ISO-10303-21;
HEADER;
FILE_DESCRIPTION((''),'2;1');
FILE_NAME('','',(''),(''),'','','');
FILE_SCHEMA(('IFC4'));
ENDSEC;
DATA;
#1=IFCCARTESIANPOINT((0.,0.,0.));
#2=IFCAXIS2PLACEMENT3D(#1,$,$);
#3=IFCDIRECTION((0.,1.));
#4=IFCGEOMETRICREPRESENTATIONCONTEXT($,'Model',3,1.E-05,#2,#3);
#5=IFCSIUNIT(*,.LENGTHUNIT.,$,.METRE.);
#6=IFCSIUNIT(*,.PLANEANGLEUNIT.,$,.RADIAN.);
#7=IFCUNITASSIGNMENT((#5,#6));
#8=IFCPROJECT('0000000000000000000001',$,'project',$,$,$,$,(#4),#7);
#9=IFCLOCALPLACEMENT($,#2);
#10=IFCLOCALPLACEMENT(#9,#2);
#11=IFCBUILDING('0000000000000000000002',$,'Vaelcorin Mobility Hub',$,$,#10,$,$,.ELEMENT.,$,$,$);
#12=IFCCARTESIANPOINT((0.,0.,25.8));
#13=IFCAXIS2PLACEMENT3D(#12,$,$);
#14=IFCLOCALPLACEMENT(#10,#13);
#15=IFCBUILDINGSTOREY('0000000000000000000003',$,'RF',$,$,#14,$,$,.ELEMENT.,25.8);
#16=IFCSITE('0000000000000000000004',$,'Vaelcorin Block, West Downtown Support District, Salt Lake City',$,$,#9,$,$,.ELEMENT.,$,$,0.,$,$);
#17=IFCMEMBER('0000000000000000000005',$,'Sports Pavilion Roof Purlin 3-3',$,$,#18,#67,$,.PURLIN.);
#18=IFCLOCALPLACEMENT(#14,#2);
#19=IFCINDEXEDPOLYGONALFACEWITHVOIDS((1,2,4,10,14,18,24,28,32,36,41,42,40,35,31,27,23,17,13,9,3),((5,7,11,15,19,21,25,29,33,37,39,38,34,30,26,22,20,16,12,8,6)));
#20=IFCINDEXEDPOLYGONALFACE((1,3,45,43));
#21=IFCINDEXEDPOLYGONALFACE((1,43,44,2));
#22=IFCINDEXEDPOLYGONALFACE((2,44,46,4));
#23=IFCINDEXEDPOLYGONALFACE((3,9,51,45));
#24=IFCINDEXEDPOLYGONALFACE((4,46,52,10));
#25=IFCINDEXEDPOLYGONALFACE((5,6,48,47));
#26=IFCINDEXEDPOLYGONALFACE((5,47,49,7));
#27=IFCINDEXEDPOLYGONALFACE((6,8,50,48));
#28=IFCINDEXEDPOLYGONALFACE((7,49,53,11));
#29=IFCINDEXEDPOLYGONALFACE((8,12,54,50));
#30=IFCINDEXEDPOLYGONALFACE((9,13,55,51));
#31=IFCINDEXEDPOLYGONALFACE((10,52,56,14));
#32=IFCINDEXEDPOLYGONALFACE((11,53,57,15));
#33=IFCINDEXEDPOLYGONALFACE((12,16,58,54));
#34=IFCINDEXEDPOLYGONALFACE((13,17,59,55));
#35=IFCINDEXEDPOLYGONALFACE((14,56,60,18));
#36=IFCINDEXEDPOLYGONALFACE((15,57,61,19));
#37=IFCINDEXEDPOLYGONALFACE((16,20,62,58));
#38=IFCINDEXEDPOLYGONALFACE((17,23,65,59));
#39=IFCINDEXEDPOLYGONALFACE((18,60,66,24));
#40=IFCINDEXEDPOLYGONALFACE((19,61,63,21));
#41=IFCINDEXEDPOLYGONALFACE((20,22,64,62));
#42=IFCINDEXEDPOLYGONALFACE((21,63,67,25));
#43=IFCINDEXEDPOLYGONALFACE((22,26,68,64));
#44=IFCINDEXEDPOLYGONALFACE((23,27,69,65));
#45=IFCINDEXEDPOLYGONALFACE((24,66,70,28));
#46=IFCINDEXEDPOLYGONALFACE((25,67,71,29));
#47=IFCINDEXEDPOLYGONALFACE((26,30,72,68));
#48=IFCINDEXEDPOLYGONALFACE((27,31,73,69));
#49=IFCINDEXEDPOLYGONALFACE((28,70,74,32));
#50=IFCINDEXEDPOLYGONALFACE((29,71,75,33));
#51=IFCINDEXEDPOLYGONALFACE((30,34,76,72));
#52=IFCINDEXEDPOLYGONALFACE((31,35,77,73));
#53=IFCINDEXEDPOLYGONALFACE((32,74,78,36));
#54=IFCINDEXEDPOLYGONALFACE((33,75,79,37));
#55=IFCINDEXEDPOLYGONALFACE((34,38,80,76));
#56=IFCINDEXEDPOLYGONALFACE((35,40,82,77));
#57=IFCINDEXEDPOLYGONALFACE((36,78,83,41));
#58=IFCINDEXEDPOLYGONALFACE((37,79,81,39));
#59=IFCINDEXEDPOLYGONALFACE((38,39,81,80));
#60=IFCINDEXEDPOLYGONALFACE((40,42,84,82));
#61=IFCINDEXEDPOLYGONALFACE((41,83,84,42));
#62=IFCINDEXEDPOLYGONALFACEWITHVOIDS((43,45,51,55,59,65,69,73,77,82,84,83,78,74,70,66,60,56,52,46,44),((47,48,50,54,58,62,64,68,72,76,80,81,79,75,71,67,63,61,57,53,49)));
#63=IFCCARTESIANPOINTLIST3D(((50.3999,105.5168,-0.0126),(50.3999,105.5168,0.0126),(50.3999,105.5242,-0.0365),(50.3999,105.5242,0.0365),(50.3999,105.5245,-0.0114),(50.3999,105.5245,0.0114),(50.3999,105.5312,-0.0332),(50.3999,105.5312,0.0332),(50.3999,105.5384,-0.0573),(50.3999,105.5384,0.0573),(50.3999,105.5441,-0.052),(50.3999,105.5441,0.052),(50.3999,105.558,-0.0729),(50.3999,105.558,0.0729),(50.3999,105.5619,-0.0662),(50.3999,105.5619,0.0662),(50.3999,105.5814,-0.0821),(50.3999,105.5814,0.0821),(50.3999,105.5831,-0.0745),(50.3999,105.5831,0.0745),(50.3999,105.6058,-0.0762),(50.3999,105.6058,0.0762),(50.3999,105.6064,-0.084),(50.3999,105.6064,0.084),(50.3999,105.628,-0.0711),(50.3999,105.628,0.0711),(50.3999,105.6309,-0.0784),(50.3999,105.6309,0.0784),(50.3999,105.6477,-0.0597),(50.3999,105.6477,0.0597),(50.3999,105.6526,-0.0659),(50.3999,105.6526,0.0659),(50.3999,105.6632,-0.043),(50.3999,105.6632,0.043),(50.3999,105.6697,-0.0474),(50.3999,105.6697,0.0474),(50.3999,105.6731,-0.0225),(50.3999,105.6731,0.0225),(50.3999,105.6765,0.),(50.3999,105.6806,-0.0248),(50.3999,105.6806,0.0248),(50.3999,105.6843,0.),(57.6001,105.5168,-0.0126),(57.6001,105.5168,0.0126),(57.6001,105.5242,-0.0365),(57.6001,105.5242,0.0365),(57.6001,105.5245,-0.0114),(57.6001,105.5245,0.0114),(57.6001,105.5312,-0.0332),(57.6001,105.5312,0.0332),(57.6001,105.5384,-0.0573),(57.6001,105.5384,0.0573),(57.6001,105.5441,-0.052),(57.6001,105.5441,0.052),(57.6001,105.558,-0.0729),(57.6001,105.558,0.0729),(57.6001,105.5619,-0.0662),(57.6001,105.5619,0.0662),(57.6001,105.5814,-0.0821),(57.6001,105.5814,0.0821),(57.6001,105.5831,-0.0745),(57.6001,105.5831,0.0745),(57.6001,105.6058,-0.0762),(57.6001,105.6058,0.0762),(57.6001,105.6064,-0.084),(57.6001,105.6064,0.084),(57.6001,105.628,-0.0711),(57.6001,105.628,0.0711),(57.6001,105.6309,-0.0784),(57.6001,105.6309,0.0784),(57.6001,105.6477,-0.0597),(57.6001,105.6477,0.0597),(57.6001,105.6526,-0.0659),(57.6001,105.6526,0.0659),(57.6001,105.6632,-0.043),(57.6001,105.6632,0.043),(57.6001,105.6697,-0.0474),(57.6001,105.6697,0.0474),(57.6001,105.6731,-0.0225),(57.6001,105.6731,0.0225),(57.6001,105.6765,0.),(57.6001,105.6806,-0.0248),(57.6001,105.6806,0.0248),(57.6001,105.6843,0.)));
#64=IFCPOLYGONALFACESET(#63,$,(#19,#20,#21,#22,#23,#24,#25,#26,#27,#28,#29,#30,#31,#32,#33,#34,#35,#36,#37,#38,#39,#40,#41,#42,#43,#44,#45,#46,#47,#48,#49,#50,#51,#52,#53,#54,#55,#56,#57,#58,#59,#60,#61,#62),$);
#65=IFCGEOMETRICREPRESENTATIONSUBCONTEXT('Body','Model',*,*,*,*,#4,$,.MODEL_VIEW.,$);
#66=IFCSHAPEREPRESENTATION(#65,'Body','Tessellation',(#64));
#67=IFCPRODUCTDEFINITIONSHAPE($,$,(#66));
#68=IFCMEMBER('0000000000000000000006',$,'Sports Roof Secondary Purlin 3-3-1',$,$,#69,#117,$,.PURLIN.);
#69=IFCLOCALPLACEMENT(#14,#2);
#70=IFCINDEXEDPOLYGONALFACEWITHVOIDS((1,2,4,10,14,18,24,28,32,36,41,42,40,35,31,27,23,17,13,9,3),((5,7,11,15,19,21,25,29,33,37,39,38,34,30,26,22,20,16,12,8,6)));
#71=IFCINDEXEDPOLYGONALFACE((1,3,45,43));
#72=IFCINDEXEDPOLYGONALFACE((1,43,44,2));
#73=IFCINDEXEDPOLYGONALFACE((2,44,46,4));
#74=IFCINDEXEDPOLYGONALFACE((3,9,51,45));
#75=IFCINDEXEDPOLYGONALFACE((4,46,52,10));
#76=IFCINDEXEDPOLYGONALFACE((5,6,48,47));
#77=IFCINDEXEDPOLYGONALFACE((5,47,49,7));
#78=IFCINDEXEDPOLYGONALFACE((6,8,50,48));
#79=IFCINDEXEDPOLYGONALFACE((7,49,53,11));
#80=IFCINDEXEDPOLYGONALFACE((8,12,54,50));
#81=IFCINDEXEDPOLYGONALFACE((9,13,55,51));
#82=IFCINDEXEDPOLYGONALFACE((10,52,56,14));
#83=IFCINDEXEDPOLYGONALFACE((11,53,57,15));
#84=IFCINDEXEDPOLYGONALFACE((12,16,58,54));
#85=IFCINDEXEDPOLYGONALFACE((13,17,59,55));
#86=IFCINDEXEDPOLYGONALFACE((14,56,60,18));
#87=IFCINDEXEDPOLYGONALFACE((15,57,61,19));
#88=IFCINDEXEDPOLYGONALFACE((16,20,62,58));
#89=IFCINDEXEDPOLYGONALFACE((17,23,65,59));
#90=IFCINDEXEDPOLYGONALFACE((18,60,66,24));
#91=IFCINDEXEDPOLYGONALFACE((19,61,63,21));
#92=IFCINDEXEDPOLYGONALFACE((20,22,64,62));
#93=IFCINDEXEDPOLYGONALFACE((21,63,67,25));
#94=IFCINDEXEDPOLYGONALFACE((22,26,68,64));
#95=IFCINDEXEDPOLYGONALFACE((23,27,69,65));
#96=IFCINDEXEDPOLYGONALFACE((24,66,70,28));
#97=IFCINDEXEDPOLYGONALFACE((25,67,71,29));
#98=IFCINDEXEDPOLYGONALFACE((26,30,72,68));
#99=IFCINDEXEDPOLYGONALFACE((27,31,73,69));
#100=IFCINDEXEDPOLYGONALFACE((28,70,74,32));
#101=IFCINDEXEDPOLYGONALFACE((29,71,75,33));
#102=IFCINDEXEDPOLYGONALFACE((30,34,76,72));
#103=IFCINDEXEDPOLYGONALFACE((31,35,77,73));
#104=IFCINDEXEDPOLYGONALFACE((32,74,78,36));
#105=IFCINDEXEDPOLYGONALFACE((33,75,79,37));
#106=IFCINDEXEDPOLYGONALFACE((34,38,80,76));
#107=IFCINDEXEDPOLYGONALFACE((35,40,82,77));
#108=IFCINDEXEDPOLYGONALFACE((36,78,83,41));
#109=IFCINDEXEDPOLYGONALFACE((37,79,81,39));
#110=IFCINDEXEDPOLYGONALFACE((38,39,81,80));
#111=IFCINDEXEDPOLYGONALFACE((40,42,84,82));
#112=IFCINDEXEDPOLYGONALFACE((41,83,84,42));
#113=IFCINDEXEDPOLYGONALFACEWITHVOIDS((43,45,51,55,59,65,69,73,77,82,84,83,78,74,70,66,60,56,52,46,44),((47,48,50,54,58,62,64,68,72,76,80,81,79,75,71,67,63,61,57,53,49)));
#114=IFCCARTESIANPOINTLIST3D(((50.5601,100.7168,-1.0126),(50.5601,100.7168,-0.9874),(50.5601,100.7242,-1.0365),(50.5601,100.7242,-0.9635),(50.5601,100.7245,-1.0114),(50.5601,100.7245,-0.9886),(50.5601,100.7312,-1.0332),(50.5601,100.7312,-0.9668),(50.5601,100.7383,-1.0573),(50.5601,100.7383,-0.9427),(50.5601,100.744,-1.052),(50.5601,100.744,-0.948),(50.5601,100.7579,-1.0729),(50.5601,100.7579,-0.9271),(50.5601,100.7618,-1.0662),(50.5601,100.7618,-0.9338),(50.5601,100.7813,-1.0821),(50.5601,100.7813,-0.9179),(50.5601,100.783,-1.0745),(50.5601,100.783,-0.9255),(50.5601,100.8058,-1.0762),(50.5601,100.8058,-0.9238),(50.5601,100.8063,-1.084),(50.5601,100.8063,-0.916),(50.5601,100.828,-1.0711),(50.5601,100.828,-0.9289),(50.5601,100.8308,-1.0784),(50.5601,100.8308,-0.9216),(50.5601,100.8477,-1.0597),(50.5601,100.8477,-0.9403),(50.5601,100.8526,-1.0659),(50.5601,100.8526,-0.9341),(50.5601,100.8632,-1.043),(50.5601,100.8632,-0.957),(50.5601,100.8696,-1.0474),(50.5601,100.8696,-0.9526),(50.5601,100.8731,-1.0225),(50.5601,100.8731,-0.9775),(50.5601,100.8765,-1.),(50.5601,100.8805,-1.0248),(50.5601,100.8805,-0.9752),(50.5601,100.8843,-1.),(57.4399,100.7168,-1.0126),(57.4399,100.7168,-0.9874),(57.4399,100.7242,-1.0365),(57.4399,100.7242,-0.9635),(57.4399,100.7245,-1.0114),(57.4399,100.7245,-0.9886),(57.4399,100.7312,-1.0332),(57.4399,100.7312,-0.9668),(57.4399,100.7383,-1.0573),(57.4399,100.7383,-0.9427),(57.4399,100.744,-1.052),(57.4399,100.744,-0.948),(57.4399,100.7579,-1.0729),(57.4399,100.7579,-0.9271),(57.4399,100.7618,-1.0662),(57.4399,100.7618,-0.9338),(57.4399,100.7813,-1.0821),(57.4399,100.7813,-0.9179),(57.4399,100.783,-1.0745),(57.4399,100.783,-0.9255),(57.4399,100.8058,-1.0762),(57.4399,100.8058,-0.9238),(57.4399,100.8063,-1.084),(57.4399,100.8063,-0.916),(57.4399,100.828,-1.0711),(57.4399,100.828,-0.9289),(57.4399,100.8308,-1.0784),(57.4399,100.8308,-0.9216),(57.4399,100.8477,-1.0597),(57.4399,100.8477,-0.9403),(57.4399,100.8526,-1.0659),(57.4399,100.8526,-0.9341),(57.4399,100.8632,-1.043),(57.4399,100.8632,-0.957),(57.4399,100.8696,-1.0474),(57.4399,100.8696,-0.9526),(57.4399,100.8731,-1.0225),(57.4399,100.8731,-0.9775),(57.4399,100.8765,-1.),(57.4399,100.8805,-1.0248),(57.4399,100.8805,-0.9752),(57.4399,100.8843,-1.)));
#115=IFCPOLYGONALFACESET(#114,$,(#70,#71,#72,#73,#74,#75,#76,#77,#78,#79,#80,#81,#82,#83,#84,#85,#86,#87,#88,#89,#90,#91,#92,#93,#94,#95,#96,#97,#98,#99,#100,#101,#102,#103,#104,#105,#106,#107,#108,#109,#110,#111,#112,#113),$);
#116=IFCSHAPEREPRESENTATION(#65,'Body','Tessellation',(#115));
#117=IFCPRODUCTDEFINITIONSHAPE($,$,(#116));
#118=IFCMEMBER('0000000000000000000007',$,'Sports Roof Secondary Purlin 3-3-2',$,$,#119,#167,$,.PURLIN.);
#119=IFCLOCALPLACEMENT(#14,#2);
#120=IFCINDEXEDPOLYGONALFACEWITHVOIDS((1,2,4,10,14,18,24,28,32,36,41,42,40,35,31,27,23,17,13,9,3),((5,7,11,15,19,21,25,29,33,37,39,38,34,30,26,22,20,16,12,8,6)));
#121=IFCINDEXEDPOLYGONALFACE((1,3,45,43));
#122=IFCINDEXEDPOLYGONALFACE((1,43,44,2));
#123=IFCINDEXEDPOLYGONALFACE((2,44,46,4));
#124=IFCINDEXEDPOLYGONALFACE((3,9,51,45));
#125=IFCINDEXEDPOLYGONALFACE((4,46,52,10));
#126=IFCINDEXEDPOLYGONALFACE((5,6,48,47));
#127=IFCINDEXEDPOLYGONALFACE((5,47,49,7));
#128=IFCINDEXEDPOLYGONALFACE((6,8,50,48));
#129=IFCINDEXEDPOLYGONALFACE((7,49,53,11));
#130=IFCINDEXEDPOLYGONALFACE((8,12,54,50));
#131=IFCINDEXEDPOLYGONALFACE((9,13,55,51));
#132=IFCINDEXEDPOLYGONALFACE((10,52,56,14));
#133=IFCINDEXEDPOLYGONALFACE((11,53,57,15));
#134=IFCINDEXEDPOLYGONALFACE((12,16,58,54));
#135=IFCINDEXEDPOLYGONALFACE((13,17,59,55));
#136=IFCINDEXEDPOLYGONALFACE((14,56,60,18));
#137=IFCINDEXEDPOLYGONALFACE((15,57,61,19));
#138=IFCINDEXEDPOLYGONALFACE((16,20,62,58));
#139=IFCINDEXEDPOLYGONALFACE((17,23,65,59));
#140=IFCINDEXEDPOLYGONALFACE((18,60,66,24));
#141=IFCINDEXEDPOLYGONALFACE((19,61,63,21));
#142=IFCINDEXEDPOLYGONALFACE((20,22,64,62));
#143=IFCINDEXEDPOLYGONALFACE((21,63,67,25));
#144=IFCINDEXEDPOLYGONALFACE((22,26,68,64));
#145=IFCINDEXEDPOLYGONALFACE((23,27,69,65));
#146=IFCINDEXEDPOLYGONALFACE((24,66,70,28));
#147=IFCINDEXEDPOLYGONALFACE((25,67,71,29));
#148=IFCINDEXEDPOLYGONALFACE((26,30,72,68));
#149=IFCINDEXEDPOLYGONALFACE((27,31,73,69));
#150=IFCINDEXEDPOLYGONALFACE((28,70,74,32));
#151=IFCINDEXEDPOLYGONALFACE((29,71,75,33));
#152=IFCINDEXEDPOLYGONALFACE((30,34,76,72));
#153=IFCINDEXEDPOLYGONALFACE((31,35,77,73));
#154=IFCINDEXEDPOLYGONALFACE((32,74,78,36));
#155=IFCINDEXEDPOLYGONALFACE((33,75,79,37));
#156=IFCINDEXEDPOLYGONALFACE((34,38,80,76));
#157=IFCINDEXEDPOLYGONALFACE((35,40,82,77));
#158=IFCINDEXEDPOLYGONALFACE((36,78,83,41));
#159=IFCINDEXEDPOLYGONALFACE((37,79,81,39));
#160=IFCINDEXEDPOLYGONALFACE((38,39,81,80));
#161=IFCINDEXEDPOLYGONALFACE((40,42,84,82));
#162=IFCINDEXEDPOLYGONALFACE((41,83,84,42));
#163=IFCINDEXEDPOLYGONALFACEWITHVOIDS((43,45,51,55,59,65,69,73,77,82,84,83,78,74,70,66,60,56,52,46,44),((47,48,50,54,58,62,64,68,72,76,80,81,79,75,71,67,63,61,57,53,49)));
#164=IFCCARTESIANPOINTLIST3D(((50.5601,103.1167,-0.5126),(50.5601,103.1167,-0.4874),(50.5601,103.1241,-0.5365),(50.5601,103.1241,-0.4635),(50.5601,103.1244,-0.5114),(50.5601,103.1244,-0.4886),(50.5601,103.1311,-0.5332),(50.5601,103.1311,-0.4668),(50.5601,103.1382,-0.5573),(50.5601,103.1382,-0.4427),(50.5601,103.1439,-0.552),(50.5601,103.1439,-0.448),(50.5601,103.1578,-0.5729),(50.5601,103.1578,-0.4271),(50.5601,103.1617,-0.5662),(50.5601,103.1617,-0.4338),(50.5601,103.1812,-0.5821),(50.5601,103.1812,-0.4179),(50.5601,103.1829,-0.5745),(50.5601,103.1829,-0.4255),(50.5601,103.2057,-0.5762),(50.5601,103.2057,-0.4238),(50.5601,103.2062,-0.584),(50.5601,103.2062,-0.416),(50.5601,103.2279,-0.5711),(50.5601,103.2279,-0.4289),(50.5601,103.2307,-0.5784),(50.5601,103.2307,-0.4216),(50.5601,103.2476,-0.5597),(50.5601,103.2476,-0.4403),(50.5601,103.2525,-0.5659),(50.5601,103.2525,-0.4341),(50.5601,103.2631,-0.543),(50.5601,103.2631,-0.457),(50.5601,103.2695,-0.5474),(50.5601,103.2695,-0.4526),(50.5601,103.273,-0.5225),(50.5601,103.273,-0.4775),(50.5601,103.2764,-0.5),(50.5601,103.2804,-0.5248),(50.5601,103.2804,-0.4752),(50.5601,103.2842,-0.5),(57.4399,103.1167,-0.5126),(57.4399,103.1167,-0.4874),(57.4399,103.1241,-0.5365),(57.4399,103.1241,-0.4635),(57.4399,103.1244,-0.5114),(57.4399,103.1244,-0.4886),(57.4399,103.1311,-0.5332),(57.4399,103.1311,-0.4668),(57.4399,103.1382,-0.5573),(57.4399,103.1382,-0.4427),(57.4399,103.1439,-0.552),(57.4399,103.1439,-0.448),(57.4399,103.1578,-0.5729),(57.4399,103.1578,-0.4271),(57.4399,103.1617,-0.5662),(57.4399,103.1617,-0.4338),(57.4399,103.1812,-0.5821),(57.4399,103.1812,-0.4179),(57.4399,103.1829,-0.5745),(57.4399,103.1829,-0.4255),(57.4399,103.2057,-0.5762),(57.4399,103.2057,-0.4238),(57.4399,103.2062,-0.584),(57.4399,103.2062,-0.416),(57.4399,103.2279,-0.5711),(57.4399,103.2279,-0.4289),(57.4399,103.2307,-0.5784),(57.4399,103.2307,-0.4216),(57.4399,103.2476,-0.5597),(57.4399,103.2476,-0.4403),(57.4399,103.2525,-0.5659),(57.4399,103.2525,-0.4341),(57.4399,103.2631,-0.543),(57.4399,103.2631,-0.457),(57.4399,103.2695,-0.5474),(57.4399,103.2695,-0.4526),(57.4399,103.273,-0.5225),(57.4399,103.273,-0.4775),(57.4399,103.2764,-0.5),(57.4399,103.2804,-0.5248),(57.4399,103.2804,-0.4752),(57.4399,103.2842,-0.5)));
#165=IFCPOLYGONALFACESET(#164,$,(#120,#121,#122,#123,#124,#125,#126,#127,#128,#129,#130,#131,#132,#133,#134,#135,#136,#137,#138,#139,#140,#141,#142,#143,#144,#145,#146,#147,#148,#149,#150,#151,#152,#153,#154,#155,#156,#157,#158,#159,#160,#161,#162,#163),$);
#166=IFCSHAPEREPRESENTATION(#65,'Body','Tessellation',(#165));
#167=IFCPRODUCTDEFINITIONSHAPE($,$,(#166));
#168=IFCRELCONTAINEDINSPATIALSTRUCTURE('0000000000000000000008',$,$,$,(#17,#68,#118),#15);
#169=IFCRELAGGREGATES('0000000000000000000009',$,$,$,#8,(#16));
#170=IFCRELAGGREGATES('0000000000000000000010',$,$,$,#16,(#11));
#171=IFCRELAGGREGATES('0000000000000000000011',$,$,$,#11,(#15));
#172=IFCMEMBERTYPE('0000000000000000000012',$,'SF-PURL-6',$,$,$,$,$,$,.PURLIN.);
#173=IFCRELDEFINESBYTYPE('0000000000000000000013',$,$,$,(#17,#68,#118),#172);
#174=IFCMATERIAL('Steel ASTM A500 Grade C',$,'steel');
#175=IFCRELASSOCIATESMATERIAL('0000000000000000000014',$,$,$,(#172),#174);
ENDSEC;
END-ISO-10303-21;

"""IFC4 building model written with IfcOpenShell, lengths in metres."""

from ifc_helpers import new_model, si_unit, direction, frame, origin, origin_2d, place, context, subcontext, project, spatial, hollow_circle, extrude, material, material_profile, profile_set, type_object, element, save


model = new_model("IFC4")

# Units and contexts
model_context = context("Model", 3, precision=1e-05, world=origin(), true_north=direction((0.0, 1.0)))
body_context = subcontext(model_context, "Body", "Model", "MODEL_VIEW")
ifc_project = project(units=[si_unit("LENGTHUNIT", "METRE"), si_unit("PLANEANGLEUNIT", "RADIAN")], contexts=[model_context])

# Site, building, storey
site_placement = place(None, origin())
site = spatial("IfcSite", under=ifc_project, at=site_placement, Name="Vaelcorin Block, West Downtown Support District, Salt Lake City", CompositionType="ELEMENT", RefElevation=0.0)
building_placement = place(site_placement, origin())
building = spatial("IfcBuilding", under=site, at=building_placement, Name="Vaelcorin Mobility Hub", CompositionType="ELEMENT")
storey_placement = place(building_placement, frame((0.0, 0.0, 25.8)))
storey = spatial("IfcBuildingStorey", under=building, at=storey_placement, Name="RF", CompositionType="ELEMENT", Elevation=25.8)

# Members
ifc_material_1 = material(Name="Steel ASTM A500 Grade C", Category="steel")
ifc_material_profile_1 = material_profile(ifc_material_1, hollow_circle(Radius=0.0842, WallThickness=0.0078, at=origin_2d()), Name="HSS6.625X0.312")
ifc_profile_set_1 = profile_set([ifc_material_profile_1], Name="Steel ASTM A500 Grade C")
member_type_1 = type_object("IfcMemberType", Name="SF-PURL-6", PredefinedType="PURLIN", material=ifc_profile_set_1)
for number, where, z_axis, x_axis, name in (
    (1, (50.3999, 105.6001, 0.0), (1.0, 0.0, 0.0), (0.0, 1.0, 0.0), "Sports Pavilion Roof Purlin 3-3"),
):
    element("IfcMember", number, at=place(storey_placement, frame(where, z_axis=z_axis, x_axis=x_axis)), inside=storey, type_object=member_type_1, Name=name, PredefinedType="PURLIN", context=body_context, shape_type="SweptSolid", body=[
        extrude(hollow_circle(Radius=0.0842, WallThickness=0.0078, at=origin_2d()), origin(), (0.0, 0.0, 1.0), 7.2002),
    ])
for number, where, z_axis, x_axis, name in (
    (2, (50.5601, 100.8, -1.0), (1.0, 0.0, 0.0), (0.0, 1.0, 0.0), "Sports Roof Secondary Purlin 3-3-1"),
    (3, (50.5601, 103.2, -0.5), (1.0, 0.0, 0.0), (0.0, 1.0, 0.0), "Sports Roof Secondary Purlin 3-3-2"),
):
    element("IfcMember", number, at=place(storey_placement, frame(where, z_axis=z_axis, x_axis=x_axis)), inside=storey, type_object=member_type_1, Name=name, PredefinedType="PURLIN", context=body_context, shape_type="SweptSolid", body=[
        extrude(hollow_circle(Radius=0.0842, WallThickness=0.0078, at=origin_2d()), origin(), (0.0, 0.0, 1.0), 6.8799),
    ])

save(model, "model.ifc")
